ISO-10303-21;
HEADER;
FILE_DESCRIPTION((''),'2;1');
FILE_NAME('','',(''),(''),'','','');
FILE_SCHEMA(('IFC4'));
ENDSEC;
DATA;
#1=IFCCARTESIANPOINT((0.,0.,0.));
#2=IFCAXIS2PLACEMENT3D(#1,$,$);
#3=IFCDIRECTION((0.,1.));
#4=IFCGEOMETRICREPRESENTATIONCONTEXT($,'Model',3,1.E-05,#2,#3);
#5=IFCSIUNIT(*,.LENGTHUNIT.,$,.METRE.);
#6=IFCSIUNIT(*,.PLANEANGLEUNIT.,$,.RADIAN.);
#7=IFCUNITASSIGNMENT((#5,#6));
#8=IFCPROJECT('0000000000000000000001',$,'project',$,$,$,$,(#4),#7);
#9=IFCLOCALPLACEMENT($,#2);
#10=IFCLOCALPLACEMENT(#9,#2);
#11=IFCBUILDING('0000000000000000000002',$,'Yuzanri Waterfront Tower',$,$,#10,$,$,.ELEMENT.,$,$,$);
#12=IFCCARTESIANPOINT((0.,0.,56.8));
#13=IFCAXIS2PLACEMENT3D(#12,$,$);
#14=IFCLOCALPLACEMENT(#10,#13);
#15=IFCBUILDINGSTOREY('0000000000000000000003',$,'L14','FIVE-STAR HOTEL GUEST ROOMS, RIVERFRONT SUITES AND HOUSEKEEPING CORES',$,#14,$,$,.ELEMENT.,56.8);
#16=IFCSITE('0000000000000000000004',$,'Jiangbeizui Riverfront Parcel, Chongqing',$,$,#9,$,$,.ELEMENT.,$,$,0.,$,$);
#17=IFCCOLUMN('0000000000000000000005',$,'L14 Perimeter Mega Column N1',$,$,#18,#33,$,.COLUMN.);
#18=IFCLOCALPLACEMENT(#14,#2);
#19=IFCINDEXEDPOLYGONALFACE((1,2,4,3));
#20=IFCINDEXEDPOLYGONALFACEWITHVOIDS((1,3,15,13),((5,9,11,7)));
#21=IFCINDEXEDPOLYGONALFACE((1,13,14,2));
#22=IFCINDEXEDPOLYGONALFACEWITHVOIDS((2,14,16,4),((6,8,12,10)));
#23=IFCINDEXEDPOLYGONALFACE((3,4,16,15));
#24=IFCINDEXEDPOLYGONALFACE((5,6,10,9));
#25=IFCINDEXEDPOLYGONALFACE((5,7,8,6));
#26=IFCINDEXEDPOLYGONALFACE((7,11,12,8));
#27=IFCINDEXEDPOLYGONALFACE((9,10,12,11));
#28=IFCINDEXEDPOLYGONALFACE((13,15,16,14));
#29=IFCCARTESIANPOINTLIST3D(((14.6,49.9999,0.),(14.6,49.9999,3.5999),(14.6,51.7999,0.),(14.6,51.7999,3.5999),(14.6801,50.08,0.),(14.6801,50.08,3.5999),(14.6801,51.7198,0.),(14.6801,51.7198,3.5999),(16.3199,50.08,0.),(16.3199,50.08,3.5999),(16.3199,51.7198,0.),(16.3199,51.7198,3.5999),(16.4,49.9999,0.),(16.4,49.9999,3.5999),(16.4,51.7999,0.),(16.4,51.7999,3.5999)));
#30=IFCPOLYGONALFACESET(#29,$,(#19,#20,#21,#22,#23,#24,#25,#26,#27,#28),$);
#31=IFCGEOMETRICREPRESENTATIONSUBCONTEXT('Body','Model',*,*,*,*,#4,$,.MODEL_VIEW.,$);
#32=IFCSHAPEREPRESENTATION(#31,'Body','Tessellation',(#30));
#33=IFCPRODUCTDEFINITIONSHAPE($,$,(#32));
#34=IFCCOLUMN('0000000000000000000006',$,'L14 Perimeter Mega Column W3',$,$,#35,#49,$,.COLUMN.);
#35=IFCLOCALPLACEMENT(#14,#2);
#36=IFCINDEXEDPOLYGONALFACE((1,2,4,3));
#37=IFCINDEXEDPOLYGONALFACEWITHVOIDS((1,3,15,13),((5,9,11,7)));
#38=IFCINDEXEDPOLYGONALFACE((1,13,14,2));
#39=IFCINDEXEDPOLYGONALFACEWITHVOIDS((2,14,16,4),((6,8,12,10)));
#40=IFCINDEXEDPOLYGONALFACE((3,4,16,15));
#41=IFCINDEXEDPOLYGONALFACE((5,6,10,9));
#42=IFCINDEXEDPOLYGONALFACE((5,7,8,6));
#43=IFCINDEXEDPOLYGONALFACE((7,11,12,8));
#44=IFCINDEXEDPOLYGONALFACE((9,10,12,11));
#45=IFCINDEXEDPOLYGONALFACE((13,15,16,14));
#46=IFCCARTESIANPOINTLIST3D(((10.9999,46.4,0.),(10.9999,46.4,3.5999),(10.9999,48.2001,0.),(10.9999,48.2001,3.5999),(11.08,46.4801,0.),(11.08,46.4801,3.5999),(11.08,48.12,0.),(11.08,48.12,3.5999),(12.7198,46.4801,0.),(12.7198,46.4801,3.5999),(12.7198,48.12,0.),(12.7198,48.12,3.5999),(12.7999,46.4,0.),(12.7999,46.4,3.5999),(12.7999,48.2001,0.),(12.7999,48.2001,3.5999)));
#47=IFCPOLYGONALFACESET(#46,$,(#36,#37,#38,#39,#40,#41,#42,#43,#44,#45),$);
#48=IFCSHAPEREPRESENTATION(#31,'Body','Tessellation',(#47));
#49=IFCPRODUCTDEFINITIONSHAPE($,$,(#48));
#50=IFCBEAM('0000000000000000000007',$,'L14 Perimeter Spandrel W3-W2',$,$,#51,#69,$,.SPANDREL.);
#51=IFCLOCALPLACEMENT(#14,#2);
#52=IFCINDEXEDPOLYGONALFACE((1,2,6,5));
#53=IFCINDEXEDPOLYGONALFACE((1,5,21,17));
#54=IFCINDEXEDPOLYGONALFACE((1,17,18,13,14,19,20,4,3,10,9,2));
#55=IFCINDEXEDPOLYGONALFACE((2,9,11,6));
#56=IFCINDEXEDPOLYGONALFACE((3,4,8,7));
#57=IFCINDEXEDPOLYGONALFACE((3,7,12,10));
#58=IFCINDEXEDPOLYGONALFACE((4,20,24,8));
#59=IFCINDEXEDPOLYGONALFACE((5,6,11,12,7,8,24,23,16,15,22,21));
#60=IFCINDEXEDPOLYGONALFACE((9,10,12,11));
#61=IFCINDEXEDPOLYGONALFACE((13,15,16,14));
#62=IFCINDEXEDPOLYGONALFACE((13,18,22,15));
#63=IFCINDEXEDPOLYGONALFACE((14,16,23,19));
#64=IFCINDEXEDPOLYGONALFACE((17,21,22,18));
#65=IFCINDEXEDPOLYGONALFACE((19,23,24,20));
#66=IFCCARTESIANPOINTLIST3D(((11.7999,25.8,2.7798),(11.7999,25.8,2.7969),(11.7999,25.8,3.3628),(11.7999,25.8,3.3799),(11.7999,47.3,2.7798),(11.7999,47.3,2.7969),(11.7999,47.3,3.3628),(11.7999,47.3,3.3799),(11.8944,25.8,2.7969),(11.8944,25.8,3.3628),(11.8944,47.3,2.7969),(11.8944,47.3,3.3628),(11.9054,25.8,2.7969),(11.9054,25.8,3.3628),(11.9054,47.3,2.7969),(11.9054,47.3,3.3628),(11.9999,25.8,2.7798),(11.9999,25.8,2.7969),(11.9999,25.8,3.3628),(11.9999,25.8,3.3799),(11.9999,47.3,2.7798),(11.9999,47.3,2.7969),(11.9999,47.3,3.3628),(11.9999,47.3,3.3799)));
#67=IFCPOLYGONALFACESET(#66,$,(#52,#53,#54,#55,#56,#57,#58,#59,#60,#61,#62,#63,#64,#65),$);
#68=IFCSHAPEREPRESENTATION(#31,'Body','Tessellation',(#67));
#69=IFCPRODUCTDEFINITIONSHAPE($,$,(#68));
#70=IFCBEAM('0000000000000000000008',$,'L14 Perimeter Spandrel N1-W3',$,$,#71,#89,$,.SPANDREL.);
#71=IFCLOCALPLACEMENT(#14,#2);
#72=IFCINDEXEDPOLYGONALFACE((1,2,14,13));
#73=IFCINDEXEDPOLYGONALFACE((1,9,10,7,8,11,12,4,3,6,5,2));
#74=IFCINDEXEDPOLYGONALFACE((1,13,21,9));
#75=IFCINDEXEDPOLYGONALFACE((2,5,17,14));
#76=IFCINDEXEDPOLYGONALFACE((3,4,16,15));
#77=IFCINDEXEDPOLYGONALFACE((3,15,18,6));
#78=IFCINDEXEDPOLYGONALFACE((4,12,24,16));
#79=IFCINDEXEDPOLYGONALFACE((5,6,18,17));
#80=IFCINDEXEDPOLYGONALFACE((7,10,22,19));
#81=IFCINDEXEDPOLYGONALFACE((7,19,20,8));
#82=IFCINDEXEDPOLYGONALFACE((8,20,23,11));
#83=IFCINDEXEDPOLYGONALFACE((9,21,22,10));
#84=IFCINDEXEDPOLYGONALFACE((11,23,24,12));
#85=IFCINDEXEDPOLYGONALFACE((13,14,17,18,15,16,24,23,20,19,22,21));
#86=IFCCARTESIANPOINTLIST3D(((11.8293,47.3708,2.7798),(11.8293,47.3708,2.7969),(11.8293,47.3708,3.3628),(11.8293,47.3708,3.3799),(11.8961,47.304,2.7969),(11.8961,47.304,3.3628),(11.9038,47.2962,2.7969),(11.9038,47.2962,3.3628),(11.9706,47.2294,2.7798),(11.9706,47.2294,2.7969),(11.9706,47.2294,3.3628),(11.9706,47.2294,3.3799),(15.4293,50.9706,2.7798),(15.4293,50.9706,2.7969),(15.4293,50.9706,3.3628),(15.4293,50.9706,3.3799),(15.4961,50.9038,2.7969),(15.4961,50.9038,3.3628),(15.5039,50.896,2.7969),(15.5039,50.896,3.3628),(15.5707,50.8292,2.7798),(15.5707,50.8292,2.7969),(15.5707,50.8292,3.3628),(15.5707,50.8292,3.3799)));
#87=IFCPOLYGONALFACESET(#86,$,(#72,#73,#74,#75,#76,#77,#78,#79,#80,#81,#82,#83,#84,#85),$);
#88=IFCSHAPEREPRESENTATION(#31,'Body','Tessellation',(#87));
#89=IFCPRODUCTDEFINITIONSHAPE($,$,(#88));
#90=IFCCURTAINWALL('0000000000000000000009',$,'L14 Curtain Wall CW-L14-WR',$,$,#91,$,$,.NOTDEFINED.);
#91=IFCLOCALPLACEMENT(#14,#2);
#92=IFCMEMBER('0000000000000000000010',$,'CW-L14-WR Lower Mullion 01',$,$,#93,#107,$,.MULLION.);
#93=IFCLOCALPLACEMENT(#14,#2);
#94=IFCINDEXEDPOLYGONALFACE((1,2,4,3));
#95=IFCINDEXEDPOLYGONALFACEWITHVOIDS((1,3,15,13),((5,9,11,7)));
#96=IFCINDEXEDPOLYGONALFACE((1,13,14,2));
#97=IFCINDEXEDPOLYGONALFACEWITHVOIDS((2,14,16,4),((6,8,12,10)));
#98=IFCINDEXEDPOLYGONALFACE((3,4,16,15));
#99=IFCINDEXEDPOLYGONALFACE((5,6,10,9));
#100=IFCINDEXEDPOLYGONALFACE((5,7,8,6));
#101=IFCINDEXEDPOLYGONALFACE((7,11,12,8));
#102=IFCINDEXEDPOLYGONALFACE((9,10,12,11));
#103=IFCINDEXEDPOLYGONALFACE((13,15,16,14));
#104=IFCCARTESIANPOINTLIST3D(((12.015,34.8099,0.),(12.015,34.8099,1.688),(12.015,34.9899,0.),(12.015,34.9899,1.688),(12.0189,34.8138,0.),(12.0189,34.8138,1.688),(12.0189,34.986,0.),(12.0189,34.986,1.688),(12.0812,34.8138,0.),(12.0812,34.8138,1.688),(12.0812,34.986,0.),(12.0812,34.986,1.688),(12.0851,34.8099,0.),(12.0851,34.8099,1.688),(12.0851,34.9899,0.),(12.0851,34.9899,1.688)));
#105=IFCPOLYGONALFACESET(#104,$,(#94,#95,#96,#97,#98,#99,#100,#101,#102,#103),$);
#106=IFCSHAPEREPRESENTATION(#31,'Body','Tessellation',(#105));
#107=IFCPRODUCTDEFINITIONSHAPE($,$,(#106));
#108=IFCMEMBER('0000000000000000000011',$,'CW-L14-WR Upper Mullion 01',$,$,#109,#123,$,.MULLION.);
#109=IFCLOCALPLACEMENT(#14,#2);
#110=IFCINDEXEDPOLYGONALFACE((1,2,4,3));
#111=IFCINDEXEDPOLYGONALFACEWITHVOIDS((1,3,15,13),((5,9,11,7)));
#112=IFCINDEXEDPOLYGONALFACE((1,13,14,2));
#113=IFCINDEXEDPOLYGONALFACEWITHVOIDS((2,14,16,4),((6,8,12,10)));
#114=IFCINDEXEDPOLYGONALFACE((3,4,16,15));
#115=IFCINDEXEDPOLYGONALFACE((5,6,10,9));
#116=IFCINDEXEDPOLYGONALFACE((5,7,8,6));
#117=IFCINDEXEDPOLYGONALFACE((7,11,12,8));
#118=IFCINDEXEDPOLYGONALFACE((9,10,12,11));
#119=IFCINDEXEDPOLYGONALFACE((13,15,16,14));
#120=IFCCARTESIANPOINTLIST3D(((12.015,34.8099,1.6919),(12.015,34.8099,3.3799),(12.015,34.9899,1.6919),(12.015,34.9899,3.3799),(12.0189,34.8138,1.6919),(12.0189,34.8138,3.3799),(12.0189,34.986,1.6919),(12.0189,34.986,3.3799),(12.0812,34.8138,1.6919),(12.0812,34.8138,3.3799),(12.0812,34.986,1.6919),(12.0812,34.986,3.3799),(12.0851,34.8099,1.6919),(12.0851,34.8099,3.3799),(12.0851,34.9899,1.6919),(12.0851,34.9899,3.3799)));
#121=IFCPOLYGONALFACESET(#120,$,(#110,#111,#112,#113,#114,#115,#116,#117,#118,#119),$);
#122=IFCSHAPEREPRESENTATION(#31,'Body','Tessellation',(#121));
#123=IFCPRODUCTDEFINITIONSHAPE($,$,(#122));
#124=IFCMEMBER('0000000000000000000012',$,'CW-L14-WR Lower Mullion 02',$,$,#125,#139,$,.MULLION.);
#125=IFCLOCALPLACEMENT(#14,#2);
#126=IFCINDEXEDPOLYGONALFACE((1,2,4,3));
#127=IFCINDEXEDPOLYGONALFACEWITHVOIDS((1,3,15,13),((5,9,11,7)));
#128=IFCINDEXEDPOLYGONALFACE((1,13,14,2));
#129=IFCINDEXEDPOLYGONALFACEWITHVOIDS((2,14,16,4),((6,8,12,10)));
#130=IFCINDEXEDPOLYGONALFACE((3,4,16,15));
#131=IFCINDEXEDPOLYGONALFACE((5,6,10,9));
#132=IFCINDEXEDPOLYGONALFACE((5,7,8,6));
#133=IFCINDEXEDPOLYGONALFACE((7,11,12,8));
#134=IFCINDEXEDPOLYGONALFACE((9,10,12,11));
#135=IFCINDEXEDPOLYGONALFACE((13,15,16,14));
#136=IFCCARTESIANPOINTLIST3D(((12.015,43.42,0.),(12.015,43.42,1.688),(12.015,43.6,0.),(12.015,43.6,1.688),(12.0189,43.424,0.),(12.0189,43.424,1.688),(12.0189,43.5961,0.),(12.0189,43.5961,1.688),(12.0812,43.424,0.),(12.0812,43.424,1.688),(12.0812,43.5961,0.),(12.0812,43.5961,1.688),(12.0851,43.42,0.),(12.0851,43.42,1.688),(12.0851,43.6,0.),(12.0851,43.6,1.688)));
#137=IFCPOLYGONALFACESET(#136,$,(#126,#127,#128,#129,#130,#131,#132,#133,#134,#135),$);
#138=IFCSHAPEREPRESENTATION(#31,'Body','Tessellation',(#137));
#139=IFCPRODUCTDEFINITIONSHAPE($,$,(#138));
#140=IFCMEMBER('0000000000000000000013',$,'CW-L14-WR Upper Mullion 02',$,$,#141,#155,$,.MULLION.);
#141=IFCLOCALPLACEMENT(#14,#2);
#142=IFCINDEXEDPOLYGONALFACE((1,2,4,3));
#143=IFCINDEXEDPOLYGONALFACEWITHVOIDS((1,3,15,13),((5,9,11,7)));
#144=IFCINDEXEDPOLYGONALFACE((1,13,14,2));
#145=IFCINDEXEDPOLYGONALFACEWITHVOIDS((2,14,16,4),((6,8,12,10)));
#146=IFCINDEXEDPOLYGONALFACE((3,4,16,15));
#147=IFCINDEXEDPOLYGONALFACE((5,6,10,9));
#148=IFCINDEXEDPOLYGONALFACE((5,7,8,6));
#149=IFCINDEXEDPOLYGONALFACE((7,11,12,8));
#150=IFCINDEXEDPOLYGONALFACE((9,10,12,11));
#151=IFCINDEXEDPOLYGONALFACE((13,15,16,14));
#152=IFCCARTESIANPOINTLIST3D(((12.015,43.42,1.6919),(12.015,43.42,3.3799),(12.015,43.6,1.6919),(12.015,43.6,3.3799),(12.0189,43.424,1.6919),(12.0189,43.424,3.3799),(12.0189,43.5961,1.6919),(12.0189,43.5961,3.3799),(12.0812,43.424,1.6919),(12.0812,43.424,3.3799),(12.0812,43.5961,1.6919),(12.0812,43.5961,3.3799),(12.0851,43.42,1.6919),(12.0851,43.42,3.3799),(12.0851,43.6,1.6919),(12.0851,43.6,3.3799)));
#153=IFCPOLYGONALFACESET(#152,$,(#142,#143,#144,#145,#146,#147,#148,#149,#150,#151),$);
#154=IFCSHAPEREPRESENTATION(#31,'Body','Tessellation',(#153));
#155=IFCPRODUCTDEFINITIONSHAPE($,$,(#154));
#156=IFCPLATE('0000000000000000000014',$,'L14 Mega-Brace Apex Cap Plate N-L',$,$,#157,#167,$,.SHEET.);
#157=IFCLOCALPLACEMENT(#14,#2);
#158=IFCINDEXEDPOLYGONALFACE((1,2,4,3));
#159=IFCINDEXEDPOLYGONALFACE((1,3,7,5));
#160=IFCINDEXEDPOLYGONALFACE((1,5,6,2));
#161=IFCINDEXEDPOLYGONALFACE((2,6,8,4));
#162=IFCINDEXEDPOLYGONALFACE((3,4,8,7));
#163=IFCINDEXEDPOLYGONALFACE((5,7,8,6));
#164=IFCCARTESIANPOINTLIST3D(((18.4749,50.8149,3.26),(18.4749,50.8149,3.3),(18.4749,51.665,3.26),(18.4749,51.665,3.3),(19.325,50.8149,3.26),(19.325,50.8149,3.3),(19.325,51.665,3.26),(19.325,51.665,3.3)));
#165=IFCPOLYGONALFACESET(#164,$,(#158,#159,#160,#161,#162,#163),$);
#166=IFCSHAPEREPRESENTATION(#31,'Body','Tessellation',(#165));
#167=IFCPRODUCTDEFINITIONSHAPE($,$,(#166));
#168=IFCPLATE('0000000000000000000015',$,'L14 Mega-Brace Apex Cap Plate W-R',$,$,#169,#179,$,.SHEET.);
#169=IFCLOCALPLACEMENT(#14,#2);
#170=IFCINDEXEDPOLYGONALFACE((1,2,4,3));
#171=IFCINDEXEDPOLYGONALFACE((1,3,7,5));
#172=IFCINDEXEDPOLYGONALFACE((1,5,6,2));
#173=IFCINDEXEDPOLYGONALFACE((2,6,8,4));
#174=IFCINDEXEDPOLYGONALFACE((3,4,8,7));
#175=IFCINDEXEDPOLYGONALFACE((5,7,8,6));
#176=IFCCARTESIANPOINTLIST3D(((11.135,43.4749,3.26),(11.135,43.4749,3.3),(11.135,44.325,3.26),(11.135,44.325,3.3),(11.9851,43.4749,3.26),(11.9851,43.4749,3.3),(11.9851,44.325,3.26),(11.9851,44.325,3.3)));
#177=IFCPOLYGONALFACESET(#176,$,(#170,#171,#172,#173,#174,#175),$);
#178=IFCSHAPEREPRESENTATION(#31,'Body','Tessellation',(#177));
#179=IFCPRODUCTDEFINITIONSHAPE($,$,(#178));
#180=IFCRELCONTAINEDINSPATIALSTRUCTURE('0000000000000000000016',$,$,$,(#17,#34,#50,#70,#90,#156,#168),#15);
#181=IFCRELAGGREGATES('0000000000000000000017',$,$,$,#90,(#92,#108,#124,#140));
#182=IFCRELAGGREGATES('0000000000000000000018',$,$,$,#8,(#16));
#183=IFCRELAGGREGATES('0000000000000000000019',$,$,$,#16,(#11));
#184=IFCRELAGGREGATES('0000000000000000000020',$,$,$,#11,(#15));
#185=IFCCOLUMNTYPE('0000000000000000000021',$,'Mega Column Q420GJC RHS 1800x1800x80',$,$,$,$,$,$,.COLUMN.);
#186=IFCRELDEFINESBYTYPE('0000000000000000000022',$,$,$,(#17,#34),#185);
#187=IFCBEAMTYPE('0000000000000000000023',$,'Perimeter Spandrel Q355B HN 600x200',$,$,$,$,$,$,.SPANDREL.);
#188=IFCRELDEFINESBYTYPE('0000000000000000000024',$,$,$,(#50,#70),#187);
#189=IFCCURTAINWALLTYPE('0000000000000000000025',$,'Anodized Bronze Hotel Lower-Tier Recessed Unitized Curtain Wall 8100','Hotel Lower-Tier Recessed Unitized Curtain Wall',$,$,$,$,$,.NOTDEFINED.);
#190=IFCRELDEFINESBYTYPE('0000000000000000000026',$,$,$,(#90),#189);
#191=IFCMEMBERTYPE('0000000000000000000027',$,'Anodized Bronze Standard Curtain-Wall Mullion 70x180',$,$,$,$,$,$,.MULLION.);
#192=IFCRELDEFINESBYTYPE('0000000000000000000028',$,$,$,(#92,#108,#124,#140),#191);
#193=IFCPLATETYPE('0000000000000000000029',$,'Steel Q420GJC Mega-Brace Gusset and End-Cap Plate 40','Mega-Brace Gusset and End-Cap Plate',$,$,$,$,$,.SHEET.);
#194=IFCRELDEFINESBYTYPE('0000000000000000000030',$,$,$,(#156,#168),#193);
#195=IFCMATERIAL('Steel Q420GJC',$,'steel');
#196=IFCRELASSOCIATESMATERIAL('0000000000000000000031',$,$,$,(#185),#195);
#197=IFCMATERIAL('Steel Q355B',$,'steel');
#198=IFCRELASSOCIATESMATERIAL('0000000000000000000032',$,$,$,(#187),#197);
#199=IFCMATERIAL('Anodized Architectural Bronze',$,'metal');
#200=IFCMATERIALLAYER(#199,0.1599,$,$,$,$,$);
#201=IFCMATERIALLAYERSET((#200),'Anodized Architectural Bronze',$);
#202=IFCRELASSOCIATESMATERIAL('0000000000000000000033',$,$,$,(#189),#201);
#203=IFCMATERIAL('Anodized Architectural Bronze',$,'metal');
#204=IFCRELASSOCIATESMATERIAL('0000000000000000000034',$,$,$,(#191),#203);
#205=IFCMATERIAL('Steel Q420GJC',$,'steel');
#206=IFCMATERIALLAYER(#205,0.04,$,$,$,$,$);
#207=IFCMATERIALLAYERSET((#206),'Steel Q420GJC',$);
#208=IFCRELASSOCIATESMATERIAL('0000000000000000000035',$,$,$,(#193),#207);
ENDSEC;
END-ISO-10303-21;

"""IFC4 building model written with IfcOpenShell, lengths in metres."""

from ifc_helpers import new_model, si_unit, direction, frame, origin, origin_2d, place, context, subcontext, project, spatial, rectangle, hollow_rectangle, i_section, extrude, source, transform, mapped, material, layer, layer_set, material_profile, profile_set, type_object, element, aggregate, save


model = new_model("IFC4")

# Units and contexts
model_context = context("Model", 3, precision=1e-05, world=origin(), true_north=direction((0.0, 1.0)))
body_context = subcontext(model_context, "Body", "Model", "MODEL_VIEW")
ifc_project = project(units=[si_unit("LENGTHUNIT", "METRE"), si_unit("PLANEANGLEUNIT", "RADIAN")], contexts=[model_context])

# Site, building, storey
site_placement = place(None, origin())
site = spatial("IfcSite", under=ifc_project, at=site_placement, Name="Jiangbeizui Riverfront Parcel, Chongqing", CompositionType="ELEMENT", RefElevation=0.0)
building_placement = place(site_placement, origin())
building = spatial("IfcBuilding", under=site, at=building_placement, Name="Yuzanri Waterfront Tower", CompositionType="ELEMENT")
storey_placement = place(building_placement, frame((0.0, 0.0, 56.8)))
storey = spatial("IfcBuildingStorey", under=building, at=storey_placement, Name="L14", Description="FIVE-STAR HOTEL GUEST ROOMS, RIVERFRONT SUITES AND HOUSEKEEPING CORES", CompositionType="ELEMENT", Elevation=56.8)

# Columns
ifc_material_1 = material(Name="Steel Q420GJC", Category="steel")
ifc_material_profile_1 = material_profile(ifc_material_1, hollow_rectangle(XDim=1.8, YDim=1.8, WallThickness=0.0801, at=origin_2d()), Name="RHS 1800x1800x80")
ifc_profile_set_1 = profile_set([ifc_material_profile_1], Name="Steel Q420GJC")
column_type = type_object("IfcColumnType", Name="Mega Column Q420GJC RHS 1800x1800x80", PredefinedType="COLUMN", material=ifc_profile_set_1)
shared_shape_1 = source(origin(), body_context, "Body", "SweptSolid", [
    extrude(hollow_rectangle(XDim=1.8, YDim=1.8, WallThickness=0.0801, at=origin_2d()), origin(), (0.0, 0.0, 1.0), 3.5999),
])
for number, where, z_axis, x_axis, name in (
    (1, (15.5, 50.8999, 0.0), (0.0, 0.0, 1.0), (1.0, 0.0, 0.0), "L14 Perimeter Mega Column N1"),
    (2, (11.8999, 47.3, 0.0), (0.0, 0.0, 1.0), (1.0, 0.0, 0.0), "L14 Perimeter Mega Column W3"),
):
    element("IfcColumn", number, at=place(storey_placement, frame(where, z_axis=z_axis, x_axis=x_axis)), inside=storey, type_object=column_type, Name=name, PredefinedType="COLUMN", context=body_context, shape_type="MappedRepresentation", body=[
        mapped(shared_shape_1, transform((0.0, 0.0, 0.0), scale=1.0)),
    ])

# Beams
ifc_material_2 = material(Name="Steel Q355B", Category="steel")
ifc_material_profile_2 = material_profile(ifc_material_2, i_section(OverallWidth=0.2, OverallDepth=0.6001, WebThickness=0.011, FlangeThickness=0.0171, at=origin_2d()), Name="HN 600x200x11x17")
ifc_profile_set_2 = profile_set([ifc_material_profile_2], Name="Steel Q355B")
beam_type = type_object("IfcBeamType", Name="Perimeter Spandrel Q355B HN 600x200", PredefinedType="SPANDREL", material=ifc_profile_set_2)
shared_shape_2 = source(origin(), body_context, "Body", "SweptSolid", [
    extrude(i_section(OverallWidth=0.2, OverallDepth=0.6001, WebThickness=0.011, FlangeThickness=0.0171, at=origin_2d()), origin(), (0.0, 0.0, 1.0), 21.5),
])
beam_1_placement = place(storey_placement, frame((11.8999, 47.3, 3.0798), z_axis=(0.0, -1.0, 0.0), x_axis=(1.0, 0.0, 0.0)))
element("IfcBeam", 3, at=beam_1_placement, inside=storey, type_object=beam_type, Name="L14 Perimeter Spandrel W3-W2", PredefinedType="SPANDREL", context=body_context, shape_type="MappedRepresentation", body=[
    mapped(shared_shape_2, transform((0.0, 0.0, 0.0), scale=1.0)),
])
shared_shape_3 = source(origin(), body_context, "Body", "SweptSolid", [
    extrude(i_section(OverallWidth=0.2, OverallDepth=0.6001, WebThickness=0.011, FlangeThickness=0.0171, at=origin_2d()), origin(), (0.0, 0.0, 1.0), 5.0911),
])
beam_2_placement = place(storey_placement, frame((15.5, 50.8999, 3.0798), z_axis=(-0.707131, -0.707083, 0.0), x_axis=(0.707083, -0.707131, 0.0)))
element("IfcBeam", 4, at=beam_2_placement, inside=storey, type_object=beam_type, Name="L14 Perimeter Spandrel N1-W3", PredefinedType="SPANDREL", context=body_context, shape_type="MappedRepresentation", body=[
    mapped(shared_shape_3, transform((0.0, 0.0, 0.0), scale=1.0)),
])

# Curtain wall, members
ifc_material_3 = material(Name="Anodized Architectural Bronze", Category="metal")
ifc_layer_1 = layer(ifc_material_3, 0.1599)
ifc_layer_set_1 = layer_set([ifc_layer_1], Name="Anodized Architectural Bronze")
curtain_wall_type = type_object("IfcCurtainWallType", Name="Anodized Bronze Hotel Lower-Tier Recessed Unitized Curtain Wall 8100", Description="Hotel Lower-Tier Recessed Unitized Curtain Wall", PredefinedType="NOTDEFINED", material=ifc_layer_set_1)
curtain_wall_placement = place(storey_placement, origin())
curtain_wall = element("IfcCurtainWall", 5, at=curtain_wall_placement, inside=storey, type_object=curtain_wall_type, Name="L14 Curtain Wall CW-L14-WR", PredefinedType="NOTDEFINED")
ifc_material_4 = material(Name="Anodized Architectural Bronze", Category="metal")
ifc_material_profile_3 = material_profile(ifc_material_4, hollow_rectangle(XDim=0.0701, YDim=0.1799, WallThickness=0.0039, at=origin_2d()), Name="CWM 70x180")
ifc_profile_set_3 = profile_set([ifc_material_profile_3], Name="Anodized Architectural Bronze")
member_type = type_object("IfcMemberType", Name="Anodized Bronze Standard Curtain-Wall Mullion 70x180", PredefinedType="MULLION", material=ifc_profile_set_3)
shared_shape_4 = source(origin(), body_context, "Body", "SweptSolid", [
    extrude(hollow_rectangle(XDim=0.0701, YDim=0.1799, WallThickness=0.0039, at=origin_2d()), origin(), (0.0, 0.0, 1.0), 1.688),
])
member_1_placement = place(storey_placement, frame((12.05, 34.8999, 0.0), z_axis=(0.0, 0.0, 1.0), x_axis=(1.0, 0.0, 0.0)))
member_1 = element("IfcMember", 6, at=member_1_placement, type_object=member_type, Name="CW-L14-WR Lower Mullion 01", PredefinedType="MULLION", context=body_context, shape_type="MappedRepresentation", body=[
    mapped(shared_shape_4, transform((0.0, 0.0, 0.0), scale=1.0)),
])
member_2_placement = place(storey_placement, frame((12.05, 34.8999, 1.6919), z_axis=(0.0, 0.0, 1.0), x_axis=(1.0, 0.0, 0.0)))
member_2 = element("IfcMember", 7, at=member_2_placement, type_object=member_type, Name="CW-L14-WR Upper Mullion 01", PredefinedType="MULLION", context=body_context, shape_type="MappedRepresentation", body=[
    mapped(shared_shape_4, transform((0.0, 0.0, 0.0), scale=1.0)),
])
member_3_placement = place(storey_placement, frame((12.05, 43.51, 0.0), z_axis=(0.0, 0.0, 1.0), x_axis=(1.0, 0.0, 0.0)))
member_3 = element("IfcMember", 8, at=member_3_placement, type_object=member_type, Name="CW-L14-WR Lower Mullion 02", PredefinedType="MULLION", context=body_context, shape_type="MappedRepresentation", body=[
    mapped(shared_shape_4, transform((0.0, 0.0, 0.0), scale=1.0)),
])
member_4_placement = place(storey_placement, frame((12.05, 43.51, 1.6919), z_axis=(0.0, 0.0, 1.0), x_axis=(1.0, 0.0, 0.0)))
member_4 = element("IfcMember", 9, at=member_4_placement, type_object=member_type, Name="CW-L14-WR Upper Mullion 02", PredefinedType="MULLION", context=body_context, shape_type="MappedRepresentation", body=[
    mapped(shared_shape_4, transform((0.0, 0.0, 0.0), scale=1.0)),
])

# Plates
ifc_material_5 = material(Name="Steel Q420GJC", Category="steel")
ifc_layer_2 = layer(ifc_material_5, 0.04)
ifc_layer_set_2 = layer_set([ifc_layer_2], Name="Steel Q420GJC")
plate_type_1 = type_object("IfcPlateType", Name="Steel Q420GJC Mega-Brace Gusset and End-Cap Plate 40", Description="Mega-Brace Gusset and End-Cap Plate", PredefinedType="SHEET", material=ifc_layer_set_2)
shared_shape_5 = source(origin(), body_context, "Body", "SweptSolid", [
    extrude(rectangle(XDim=0.8501, YDim=0.8501, at=origin_2d()), origin(), (0.0, 0.0, 1.0), 0.04),
])
for number, where, z_axis, x_axis, name in (
    (10, (18.8999, 51.24, 3.26), (0.0, 0.0, 1.0), (1.0, 0.0, 0.0), "L14 Mega-Brace Apex Cap Plate N-L"),
    (11, (11.5601, 43.8999, 3.26), (0.0, 0.0, 1.0), (1.0, 0.0, 0.0), "L14 Mega-Brace Apex Cap Plate W-R"),
):
    element("IfcPlate", number, at=place(storey_placement, frame(where, z_axis=z_axis, x_axis=x_axis)), inside=storey, type_object=plate_type_1, Name=name, PredefinedType="SHEET", context=body_context, shape_type="MappedRepresentation", body=[
        mapped(shared_shape_5, transform((0.0, 0.0, 0.0), scale=1.0)),
    ])

aggregate(curtain_wall, [member_1, member_2, member_3, member_4])

save(model, "model.ifc")
